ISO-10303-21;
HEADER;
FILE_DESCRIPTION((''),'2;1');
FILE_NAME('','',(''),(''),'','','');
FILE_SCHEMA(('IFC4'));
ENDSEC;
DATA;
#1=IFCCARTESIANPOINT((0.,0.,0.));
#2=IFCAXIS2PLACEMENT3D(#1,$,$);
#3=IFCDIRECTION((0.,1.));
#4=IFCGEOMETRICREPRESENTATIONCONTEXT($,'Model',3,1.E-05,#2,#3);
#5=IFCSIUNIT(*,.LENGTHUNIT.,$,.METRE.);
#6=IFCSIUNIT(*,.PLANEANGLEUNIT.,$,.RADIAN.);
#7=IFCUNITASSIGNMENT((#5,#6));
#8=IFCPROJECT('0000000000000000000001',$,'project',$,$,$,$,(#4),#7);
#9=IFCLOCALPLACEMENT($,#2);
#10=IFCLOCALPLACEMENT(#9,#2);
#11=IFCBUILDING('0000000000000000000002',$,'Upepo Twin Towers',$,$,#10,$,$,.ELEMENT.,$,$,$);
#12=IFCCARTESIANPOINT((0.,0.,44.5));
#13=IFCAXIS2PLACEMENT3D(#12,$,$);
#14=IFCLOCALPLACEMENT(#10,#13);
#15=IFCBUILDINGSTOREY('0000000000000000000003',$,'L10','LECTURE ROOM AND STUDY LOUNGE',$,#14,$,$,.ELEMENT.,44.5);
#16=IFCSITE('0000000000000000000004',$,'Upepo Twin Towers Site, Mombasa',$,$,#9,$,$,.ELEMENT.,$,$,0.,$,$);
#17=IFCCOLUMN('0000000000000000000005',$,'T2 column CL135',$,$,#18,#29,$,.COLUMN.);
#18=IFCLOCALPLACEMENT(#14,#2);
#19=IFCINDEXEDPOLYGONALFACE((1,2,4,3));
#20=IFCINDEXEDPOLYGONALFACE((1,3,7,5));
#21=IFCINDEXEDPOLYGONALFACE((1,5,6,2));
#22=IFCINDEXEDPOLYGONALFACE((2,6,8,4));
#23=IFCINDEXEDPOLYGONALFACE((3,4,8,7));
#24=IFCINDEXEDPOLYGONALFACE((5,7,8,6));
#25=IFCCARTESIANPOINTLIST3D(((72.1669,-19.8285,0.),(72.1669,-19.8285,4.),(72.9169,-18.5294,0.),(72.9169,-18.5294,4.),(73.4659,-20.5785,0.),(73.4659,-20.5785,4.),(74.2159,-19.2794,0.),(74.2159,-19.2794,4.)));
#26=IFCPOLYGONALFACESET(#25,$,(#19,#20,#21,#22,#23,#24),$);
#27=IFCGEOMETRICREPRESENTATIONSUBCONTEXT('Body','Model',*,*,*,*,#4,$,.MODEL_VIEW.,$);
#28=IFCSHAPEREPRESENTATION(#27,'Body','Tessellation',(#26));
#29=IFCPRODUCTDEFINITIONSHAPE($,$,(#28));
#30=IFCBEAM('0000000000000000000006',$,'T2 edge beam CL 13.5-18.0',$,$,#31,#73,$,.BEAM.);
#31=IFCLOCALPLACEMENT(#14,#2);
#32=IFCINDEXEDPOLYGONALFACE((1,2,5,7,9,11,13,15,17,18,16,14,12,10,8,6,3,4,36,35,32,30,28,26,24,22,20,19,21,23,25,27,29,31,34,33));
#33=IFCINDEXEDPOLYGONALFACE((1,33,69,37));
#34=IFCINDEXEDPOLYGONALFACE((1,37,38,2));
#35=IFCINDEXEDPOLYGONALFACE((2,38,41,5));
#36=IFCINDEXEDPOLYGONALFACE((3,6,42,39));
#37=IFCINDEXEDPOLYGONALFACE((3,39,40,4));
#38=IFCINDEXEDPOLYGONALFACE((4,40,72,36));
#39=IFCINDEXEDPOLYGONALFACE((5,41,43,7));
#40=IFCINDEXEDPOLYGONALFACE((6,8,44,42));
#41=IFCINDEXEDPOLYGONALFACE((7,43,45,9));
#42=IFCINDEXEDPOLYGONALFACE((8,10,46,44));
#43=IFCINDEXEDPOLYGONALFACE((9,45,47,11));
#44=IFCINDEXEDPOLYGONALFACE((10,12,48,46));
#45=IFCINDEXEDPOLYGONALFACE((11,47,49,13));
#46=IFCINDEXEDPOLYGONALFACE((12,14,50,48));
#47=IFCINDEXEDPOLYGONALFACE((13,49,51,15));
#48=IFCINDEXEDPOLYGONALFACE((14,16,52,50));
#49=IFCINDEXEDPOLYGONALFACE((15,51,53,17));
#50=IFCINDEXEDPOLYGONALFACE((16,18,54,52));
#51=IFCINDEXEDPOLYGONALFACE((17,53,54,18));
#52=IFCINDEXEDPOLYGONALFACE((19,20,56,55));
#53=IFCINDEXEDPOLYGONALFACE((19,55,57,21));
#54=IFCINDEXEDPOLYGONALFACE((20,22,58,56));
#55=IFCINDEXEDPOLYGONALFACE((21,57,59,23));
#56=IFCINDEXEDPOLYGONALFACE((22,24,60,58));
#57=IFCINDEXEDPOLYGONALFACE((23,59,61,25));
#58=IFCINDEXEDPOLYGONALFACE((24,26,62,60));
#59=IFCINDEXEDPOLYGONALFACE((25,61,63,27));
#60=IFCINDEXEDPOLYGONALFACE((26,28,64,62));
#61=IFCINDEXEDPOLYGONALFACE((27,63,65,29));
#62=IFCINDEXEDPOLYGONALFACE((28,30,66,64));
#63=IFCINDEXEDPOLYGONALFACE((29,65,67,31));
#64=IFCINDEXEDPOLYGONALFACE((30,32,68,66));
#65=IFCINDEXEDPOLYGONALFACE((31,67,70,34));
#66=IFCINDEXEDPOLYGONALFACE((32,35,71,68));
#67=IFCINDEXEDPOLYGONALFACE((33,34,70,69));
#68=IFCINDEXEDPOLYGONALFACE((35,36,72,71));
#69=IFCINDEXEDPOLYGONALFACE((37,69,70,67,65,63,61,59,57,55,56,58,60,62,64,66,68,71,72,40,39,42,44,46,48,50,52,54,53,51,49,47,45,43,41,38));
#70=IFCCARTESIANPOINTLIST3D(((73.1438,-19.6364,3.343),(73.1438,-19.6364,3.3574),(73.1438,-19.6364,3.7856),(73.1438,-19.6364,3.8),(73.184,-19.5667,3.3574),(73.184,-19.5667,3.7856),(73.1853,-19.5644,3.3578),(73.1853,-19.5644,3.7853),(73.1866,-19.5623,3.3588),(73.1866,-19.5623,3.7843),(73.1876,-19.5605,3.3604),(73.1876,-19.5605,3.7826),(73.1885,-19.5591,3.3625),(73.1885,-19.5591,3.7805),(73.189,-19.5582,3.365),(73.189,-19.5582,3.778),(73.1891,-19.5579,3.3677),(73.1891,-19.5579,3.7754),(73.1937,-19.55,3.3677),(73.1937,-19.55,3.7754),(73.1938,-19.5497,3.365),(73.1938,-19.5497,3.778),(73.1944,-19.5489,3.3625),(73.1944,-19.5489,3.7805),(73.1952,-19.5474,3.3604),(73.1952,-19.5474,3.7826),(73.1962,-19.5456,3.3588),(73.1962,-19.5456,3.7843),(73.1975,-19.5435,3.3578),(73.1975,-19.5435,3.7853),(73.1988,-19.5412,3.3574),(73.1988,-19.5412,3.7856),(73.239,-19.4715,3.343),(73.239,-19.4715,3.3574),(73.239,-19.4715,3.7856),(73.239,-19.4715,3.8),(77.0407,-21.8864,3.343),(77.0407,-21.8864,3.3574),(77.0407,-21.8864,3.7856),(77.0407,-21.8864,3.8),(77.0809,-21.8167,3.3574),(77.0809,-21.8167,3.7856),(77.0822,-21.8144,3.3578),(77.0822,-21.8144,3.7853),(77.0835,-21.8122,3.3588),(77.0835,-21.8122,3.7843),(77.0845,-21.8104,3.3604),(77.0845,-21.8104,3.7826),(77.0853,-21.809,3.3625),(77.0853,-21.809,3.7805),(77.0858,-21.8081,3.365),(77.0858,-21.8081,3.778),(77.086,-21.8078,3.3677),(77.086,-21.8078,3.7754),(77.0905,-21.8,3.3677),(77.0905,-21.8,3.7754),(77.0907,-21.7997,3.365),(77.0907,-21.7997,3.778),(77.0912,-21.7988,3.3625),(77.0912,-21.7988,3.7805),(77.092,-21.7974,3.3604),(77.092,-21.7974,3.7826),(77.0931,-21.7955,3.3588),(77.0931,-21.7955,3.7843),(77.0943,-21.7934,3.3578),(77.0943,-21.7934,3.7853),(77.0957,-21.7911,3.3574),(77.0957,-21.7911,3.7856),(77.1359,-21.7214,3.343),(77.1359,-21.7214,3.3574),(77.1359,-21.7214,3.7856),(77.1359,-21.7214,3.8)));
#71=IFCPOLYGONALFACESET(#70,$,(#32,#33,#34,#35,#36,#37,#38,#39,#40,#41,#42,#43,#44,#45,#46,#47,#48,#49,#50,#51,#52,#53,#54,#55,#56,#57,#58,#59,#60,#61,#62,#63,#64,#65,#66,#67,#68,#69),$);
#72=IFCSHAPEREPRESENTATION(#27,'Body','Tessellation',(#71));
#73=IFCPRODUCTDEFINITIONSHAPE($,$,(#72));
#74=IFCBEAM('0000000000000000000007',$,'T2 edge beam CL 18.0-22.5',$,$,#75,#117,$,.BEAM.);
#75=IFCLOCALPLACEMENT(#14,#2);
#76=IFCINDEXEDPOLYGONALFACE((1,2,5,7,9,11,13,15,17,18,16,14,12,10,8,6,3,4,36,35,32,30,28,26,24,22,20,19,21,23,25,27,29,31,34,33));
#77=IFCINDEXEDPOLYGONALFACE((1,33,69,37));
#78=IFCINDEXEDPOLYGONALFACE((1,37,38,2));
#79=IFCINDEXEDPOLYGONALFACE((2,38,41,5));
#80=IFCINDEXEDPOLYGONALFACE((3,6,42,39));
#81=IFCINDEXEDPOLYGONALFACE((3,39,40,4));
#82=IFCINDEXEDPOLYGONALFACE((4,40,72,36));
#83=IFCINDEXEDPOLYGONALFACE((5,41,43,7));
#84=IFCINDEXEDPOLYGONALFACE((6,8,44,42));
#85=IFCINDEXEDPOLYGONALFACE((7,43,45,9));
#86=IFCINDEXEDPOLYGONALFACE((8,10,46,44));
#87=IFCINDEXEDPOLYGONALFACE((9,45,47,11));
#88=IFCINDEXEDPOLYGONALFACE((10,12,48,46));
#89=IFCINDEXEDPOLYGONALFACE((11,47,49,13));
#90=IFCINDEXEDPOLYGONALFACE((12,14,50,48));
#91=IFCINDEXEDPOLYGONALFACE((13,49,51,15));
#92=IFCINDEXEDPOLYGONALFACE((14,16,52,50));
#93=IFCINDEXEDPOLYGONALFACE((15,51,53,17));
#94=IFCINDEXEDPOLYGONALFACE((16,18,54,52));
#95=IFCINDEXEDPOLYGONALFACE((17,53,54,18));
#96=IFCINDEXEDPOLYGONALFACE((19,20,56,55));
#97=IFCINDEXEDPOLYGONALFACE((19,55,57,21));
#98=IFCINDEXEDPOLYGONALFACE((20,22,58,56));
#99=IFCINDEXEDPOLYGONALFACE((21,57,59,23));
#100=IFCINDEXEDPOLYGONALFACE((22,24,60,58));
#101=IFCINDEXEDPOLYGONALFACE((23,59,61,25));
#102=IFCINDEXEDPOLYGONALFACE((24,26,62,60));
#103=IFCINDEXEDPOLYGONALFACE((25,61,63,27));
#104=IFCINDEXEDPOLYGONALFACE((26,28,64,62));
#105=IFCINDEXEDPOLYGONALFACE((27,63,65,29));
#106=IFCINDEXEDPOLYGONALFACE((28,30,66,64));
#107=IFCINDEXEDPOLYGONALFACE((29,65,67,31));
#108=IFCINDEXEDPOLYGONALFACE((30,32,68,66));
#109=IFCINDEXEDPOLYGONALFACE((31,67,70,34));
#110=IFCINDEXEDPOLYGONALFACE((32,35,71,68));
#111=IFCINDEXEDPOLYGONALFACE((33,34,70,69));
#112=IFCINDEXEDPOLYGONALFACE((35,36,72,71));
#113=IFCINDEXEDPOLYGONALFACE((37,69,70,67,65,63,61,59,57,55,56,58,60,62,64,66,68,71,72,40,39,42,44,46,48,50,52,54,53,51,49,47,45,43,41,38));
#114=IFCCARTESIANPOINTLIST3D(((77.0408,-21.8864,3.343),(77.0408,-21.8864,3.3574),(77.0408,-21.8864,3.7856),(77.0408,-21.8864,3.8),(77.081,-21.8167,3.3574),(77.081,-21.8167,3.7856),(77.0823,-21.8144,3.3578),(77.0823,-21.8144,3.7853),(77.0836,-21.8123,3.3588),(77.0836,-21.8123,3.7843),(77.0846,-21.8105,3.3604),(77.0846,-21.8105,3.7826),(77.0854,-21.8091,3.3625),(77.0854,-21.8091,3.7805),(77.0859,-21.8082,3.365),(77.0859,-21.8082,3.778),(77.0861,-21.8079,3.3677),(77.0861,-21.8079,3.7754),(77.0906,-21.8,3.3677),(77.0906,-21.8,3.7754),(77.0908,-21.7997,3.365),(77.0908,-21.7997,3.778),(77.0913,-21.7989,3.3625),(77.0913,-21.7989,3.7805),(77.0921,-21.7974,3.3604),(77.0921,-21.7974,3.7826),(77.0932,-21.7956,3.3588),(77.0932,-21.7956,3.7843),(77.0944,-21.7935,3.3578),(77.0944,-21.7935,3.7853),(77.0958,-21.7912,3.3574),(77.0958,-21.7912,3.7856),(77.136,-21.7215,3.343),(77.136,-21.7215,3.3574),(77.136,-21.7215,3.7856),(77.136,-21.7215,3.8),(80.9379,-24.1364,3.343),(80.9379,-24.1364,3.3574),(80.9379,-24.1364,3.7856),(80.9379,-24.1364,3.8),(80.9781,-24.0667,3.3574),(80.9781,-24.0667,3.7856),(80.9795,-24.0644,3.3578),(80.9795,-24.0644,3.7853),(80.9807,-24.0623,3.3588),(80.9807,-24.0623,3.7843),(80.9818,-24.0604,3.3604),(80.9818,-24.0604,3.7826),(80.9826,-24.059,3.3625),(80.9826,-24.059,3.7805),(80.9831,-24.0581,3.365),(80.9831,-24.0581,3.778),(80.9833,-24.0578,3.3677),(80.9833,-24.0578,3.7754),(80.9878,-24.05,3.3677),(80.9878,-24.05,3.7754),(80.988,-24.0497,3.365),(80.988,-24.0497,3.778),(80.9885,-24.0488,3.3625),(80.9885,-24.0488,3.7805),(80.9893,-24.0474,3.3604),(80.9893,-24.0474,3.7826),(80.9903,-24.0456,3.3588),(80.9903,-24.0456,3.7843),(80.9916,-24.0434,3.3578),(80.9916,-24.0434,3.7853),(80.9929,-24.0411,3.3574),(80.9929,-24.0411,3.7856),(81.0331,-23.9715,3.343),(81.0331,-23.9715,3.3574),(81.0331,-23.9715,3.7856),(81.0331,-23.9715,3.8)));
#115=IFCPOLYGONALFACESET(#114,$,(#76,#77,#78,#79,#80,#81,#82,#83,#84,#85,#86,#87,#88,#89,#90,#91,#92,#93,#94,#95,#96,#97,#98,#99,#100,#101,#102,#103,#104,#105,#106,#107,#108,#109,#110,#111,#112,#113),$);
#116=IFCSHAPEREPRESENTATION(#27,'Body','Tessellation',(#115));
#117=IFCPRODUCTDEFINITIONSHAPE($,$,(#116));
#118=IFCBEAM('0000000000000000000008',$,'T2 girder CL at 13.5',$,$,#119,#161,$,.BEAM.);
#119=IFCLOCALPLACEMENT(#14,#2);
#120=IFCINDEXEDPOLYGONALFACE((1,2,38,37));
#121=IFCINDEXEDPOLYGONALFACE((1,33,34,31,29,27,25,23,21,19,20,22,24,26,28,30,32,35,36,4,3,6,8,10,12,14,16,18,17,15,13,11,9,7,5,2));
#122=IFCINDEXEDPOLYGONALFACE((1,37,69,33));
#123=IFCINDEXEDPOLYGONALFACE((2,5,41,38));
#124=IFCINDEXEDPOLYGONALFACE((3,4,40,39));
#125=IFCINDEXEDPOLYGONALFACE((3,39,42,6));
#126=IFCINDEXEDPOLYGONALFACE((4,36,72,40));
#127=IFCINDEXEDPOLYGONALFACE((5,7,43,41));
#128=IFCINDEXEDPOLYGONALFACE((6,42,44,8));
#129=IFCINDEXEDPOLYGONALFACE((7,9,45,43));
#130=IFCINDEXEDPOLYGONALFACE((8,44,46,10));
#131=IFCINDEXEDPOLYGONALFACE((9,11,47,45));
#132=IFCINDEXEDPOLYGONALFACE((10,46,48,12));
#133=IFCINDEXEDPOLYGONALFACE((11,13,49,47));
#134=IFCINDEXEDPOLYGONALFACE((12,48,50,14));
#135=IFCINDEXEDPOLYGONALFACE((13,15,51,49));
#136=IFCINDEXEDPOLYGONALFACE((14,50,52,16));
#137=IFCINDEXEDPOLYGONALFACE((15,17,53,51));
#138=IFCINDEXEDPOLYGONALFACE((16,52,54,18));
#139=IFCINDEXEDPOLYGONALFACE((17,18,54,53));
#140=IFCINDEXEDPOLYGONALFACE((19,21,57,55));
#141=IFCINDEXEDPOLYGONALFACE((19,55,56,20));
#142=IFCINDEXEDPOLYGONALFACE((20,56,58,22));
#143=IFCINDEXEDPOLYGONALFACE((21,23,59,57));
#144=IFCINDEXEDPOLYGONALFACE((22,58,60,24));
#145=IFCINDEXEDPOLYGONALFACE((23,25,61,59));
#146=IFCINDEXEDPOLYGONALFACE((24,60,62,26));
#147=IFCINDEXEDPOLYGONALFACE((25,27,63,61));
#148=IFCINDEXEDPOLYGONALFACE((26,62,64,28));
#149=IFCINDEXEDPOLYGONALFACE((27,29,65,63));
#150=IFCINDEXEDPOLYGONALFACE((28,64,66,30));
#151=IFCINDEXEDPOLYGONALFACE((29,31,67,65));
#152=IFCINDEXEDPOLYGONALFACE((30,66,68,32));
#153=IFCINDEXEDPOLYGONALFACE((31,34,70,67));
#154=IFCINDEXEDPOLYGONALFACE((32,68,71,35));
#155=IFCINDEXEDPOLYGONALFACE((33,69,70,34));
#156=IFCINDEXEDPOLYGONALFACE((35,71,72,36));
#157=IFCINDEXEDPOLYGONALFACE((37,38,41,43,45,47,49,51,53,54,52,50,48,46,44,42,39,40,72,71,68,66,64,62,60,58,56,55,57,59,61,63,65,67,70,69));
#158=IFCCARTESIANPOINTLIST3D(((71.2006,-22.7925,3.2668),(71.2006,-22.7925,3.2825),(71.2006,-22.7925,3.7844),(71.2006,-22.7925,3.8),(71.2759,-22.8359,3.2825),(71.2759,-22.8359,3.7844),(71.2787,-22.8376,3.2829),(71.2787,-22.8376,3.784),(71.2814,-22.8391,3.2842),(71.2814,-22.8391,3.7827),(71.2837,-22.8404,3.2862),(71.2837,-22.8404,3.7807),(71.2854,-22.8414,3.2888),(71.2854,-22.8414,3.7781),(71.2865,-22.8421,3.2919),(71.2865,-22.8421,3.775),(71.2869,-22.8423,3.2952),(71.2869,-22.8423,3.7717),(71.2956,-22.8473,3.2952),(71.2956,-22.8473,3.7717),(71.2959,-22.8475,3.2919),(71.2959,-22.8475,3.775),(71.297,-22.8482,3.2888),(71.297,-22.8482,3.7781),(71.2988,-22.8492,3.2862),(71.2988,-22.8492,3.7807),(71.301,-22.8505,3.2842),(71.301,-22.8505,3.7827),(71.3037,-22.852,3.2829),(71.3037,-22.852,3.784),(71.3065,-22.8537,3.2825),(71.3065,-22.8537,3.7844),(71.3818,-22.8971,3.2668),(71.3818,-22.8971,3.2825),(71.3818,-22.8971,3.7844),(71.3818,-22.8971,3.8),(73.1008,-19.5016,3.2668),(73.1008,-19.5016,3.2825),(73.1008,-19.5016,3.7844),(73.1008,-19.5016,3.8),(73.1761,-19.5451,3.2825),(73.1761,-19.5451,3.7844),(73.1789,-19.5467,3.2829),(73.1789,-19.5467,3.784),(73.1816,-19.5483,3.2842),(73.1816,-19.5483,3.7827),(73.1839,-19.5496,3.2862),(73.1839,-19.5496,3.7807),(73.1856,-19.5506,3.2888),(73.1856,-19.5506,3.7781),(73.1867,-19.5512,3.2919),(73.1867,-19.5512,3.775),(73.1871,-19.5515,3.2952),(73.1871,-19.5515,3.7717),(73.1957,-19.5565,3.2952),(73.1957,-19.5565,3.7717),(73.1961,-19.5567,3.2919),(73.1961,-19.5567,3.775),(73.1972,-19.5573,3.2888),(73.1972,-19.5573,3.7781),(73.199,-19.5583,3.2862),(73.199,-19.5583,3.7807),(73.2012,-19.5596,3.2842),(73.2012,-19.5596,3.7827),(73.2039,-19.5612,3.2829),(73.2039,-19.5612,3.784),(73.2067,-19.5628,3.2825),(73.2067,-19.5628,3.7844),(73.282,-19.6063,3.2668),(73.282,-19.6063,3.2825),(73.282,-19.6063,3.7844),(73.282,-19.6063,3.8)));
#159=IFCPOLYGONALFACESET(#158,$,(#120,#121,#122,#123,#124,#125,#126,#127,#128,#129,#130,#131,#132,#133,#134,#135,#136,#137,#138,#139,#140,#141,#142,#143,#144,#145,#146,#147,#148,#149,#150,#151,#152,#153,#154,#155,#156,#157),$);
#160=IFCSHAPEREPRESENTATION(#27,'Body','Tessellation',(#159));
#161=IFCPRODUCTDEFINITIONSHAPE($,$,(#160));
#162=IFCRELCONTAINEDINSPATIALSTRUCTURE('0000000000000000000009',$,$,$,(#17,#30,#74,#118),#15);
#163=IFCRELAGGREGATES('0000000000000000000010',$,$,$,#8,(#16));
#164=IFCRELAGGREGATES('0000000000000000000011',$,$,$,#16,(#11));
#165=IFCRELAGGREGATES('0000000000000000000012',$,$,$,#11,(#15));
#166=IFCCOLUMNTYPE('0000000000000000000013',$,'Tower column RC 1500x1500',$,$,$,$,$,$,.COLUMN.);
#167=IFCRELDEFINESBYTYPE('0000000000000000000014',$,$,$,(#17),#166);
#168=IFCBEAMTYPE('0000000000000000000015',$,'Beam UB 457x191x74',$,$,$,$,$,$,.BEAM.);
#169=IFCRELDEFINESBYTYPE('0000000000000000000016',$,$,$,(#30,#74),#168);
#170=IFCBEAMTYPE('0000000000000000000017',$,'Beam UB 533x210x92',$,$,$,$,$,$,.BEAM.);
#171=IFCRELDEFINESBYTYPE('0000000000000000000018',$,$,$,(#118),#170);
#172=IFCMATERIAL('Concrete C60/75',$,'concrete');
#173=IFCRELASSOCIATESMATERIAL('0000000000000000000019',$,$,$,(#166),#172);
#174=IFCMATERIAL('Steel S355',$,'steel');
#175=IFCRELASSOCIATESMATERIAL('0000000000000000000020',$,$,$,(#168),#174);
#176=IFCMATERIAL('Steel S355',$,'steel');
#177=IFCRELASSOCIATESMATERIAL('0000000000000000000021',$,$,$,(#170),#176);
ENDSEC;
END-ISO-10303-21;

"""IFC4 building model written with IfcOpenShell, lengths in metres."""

from ifc_helpers import new_model, si_unit, direction, frame, origin, origin_2d, place, context, subcontext, project, spatial, rectangle, i_section, extrude, material, material_profile, profile_set, type_object, element, save


model = new_model("IFC4")

# Units and contexts
model_context = context("Model", 3, precision=1e-05, world=origin(), true_north=direction((0.0, 1.0)))
body_context = subcontext(model_context, "Body", "Model", "MODEL_VIEW")
ifc_project = project(units=[si_unit("LENGTHUNIT", "METRE"), si_unit("PLANEANGLEUNIT", "RADIAN")], contexts=[model_context])

# Site, building, storey
site_placement = place(None, origin())
site = spatial("IfcSite", under=ifc_project, at=site_placement, Name="Upepo Twin Towers Site, Mombasa", CompositionType="ELEMENT", RefElevation=0.0)
building_placement = place(site_placement, origin())
building = spatial("IfcBuilding", under=site, at=building_placement, Name="Upepo Twin Towers", CompositionType="ELEMENT")
storey_placement = place(building_placement, frame((0.0, 0.0, 44.5)))
storey = spatial("IfcBuildingStorey", under=building, at=storey_placement, Name="L10", Description="LECTURE ROOM AND STUDY LOUNGE", CompositionType="ELEMENT", Elevation=44.5)

# Column
ifc_material_1 = material(Name="Concrete C60/75", Category="concrete")
ifc_material_profile_1 = material_profile(ifc_material_1, rectangle(XDim=1.5, YDim=1.5, at=origin_2d()), Name="RC 1500x1500")
ifc_profile_set_1 = profile_set([ifc_material_profile_1], Name="Concrete C60/75")
column_type = type_object("IfcColumnType", Name="Tower column RC 1500x1500", PredefinedType="COLUMN", material=ifc_profile_set_1)
column_placement = place(storey_placement, frame((73.1914, -19.554, 0.0), z_axis=(0.0, 0.0, 1.0), x_axis=(0.5, 0.866025, 0.0)))
element("IfcColumn", 1, at=column_placement, inside=storey, type_object=column_type, Name="T2 column CL135", PredefinedType="COLUMN", context=body_context, shape_type="SweptSolid", body=[
    extrude(rectangle(XDim=1.5, YDim=1.5, at=origin_2d()), origin(), (0.0, 0.0, 1.0), 4.0),
])

# Beams
ifc_material_2 = material(Name="Steel S355", Category="steel")
ifc_material_profile_2 = material_profile(ifc_material_2, i_section(OverallWidth=0.1904, OverallDepth=0.457, WebThickness=0.009, FlangeThickness=0.0144, FilletRadius=0.0103, at=origin_2d()), Name="UB 457x191x74")
ifc_profile_set_2 = profile_set([ifc_material_profile_2], Name="Steel S355")
beam_type_1 = type_object("IfcBeamType", Name="Beam UB 457x191x74", PredefinedType="BEAM", material=ifc_profile_set_2)
beam_1_placement = place(storey_placement, frame((73.1914, -19.554, 3.5715), z_axis=(0.866018, -0.500014, 0.0), x_axis=(0.500014, 0.866018, 0.0)))
element("IfcBeam", 2, at=beam_1_placement, inside=storey, type_object=beam_type_1, Name="T2 edge beam CL 13.5-18.0", PredefinedType="BEAM", context=body_context, shape_type="SweptSolid", body=[
    extrude(i_section(OverallWidth=0.1904, OverallDepth=0.457, WebThickness=0.009, FlangeThickness=0.0144, FilletRadius=0.0103, at=origin_2d()), origin(), (0.0, 0.0, 1.0), 4.4998),
])
beam_2_placement = place(storey_placement, frame((77.0884, -21.804, 3.5715), z_axis=(0.866031, -0.49999, 0.0), x_axis=(0.49999, 0.866031, 0.0)))
element("IfcBeam", 3, at=beam_2_placement, inside=storey, type_object=beam_type_1, Name="T2 edge beam CL 18.0-22.5", PredefinedType="BEAM", context=body_context, shape_type="SweptSolid", body=[
    extrude(i_section(OverallWidth=0.1904, OverallDepth=0.457, WebThickness=0.009, FlangeThickness=0.0144, FilletRadius=0.0103, at=origin_2d()), origin(), (0.0, 0.0, 1.0), 4.5),
])
ifc_material_3 = material(Name="Steel S355", Category="steel")
ifc_material_profile_3 = material_profile(ifc_material_3, i_section(OverallWidth=0.2092, OverallDepth=0.5332, WebThickness=0.01, FlangeThickness=0.0156, FilletRadius=0.0127, at=origin_2d()), Name="UB 533x210x92")
ifc_profile_set_3 = profile_set([ifc_material_profile_3], Name="Steel S355")
beam_type_2 = type_object("IfcBeamType", Name="Beam UB 533x210x92", PredefinedType="BEAM", material=ifc_profile_set_3)
beam_3_placement = place(storey_placement, frame((73.1914, -19.554, 3.5334), z_axis=(-0.500043, -0.866, 0.0), x_axis=(0.866, -0.500043, 0.0)))
element("IfcBeam", 4, at=beam_3_placement, inside=storey, type_object=beam_type_2, Name="T2 girder CL at 13.5", PredefinedType="BEAM", context=body_context, shape_type="SweptSolid", body=[
    extrude(i_section(OverallWidth=0.2092, OverallDepth=0.5332, WebThickness=0.01, FlangeThickness=0.0156, FilletRadius=0.0127, at=origin_2d()), origin(), (0.0, 0.0, 1.0), 3.8),
])

save(model, "model.ifc")
